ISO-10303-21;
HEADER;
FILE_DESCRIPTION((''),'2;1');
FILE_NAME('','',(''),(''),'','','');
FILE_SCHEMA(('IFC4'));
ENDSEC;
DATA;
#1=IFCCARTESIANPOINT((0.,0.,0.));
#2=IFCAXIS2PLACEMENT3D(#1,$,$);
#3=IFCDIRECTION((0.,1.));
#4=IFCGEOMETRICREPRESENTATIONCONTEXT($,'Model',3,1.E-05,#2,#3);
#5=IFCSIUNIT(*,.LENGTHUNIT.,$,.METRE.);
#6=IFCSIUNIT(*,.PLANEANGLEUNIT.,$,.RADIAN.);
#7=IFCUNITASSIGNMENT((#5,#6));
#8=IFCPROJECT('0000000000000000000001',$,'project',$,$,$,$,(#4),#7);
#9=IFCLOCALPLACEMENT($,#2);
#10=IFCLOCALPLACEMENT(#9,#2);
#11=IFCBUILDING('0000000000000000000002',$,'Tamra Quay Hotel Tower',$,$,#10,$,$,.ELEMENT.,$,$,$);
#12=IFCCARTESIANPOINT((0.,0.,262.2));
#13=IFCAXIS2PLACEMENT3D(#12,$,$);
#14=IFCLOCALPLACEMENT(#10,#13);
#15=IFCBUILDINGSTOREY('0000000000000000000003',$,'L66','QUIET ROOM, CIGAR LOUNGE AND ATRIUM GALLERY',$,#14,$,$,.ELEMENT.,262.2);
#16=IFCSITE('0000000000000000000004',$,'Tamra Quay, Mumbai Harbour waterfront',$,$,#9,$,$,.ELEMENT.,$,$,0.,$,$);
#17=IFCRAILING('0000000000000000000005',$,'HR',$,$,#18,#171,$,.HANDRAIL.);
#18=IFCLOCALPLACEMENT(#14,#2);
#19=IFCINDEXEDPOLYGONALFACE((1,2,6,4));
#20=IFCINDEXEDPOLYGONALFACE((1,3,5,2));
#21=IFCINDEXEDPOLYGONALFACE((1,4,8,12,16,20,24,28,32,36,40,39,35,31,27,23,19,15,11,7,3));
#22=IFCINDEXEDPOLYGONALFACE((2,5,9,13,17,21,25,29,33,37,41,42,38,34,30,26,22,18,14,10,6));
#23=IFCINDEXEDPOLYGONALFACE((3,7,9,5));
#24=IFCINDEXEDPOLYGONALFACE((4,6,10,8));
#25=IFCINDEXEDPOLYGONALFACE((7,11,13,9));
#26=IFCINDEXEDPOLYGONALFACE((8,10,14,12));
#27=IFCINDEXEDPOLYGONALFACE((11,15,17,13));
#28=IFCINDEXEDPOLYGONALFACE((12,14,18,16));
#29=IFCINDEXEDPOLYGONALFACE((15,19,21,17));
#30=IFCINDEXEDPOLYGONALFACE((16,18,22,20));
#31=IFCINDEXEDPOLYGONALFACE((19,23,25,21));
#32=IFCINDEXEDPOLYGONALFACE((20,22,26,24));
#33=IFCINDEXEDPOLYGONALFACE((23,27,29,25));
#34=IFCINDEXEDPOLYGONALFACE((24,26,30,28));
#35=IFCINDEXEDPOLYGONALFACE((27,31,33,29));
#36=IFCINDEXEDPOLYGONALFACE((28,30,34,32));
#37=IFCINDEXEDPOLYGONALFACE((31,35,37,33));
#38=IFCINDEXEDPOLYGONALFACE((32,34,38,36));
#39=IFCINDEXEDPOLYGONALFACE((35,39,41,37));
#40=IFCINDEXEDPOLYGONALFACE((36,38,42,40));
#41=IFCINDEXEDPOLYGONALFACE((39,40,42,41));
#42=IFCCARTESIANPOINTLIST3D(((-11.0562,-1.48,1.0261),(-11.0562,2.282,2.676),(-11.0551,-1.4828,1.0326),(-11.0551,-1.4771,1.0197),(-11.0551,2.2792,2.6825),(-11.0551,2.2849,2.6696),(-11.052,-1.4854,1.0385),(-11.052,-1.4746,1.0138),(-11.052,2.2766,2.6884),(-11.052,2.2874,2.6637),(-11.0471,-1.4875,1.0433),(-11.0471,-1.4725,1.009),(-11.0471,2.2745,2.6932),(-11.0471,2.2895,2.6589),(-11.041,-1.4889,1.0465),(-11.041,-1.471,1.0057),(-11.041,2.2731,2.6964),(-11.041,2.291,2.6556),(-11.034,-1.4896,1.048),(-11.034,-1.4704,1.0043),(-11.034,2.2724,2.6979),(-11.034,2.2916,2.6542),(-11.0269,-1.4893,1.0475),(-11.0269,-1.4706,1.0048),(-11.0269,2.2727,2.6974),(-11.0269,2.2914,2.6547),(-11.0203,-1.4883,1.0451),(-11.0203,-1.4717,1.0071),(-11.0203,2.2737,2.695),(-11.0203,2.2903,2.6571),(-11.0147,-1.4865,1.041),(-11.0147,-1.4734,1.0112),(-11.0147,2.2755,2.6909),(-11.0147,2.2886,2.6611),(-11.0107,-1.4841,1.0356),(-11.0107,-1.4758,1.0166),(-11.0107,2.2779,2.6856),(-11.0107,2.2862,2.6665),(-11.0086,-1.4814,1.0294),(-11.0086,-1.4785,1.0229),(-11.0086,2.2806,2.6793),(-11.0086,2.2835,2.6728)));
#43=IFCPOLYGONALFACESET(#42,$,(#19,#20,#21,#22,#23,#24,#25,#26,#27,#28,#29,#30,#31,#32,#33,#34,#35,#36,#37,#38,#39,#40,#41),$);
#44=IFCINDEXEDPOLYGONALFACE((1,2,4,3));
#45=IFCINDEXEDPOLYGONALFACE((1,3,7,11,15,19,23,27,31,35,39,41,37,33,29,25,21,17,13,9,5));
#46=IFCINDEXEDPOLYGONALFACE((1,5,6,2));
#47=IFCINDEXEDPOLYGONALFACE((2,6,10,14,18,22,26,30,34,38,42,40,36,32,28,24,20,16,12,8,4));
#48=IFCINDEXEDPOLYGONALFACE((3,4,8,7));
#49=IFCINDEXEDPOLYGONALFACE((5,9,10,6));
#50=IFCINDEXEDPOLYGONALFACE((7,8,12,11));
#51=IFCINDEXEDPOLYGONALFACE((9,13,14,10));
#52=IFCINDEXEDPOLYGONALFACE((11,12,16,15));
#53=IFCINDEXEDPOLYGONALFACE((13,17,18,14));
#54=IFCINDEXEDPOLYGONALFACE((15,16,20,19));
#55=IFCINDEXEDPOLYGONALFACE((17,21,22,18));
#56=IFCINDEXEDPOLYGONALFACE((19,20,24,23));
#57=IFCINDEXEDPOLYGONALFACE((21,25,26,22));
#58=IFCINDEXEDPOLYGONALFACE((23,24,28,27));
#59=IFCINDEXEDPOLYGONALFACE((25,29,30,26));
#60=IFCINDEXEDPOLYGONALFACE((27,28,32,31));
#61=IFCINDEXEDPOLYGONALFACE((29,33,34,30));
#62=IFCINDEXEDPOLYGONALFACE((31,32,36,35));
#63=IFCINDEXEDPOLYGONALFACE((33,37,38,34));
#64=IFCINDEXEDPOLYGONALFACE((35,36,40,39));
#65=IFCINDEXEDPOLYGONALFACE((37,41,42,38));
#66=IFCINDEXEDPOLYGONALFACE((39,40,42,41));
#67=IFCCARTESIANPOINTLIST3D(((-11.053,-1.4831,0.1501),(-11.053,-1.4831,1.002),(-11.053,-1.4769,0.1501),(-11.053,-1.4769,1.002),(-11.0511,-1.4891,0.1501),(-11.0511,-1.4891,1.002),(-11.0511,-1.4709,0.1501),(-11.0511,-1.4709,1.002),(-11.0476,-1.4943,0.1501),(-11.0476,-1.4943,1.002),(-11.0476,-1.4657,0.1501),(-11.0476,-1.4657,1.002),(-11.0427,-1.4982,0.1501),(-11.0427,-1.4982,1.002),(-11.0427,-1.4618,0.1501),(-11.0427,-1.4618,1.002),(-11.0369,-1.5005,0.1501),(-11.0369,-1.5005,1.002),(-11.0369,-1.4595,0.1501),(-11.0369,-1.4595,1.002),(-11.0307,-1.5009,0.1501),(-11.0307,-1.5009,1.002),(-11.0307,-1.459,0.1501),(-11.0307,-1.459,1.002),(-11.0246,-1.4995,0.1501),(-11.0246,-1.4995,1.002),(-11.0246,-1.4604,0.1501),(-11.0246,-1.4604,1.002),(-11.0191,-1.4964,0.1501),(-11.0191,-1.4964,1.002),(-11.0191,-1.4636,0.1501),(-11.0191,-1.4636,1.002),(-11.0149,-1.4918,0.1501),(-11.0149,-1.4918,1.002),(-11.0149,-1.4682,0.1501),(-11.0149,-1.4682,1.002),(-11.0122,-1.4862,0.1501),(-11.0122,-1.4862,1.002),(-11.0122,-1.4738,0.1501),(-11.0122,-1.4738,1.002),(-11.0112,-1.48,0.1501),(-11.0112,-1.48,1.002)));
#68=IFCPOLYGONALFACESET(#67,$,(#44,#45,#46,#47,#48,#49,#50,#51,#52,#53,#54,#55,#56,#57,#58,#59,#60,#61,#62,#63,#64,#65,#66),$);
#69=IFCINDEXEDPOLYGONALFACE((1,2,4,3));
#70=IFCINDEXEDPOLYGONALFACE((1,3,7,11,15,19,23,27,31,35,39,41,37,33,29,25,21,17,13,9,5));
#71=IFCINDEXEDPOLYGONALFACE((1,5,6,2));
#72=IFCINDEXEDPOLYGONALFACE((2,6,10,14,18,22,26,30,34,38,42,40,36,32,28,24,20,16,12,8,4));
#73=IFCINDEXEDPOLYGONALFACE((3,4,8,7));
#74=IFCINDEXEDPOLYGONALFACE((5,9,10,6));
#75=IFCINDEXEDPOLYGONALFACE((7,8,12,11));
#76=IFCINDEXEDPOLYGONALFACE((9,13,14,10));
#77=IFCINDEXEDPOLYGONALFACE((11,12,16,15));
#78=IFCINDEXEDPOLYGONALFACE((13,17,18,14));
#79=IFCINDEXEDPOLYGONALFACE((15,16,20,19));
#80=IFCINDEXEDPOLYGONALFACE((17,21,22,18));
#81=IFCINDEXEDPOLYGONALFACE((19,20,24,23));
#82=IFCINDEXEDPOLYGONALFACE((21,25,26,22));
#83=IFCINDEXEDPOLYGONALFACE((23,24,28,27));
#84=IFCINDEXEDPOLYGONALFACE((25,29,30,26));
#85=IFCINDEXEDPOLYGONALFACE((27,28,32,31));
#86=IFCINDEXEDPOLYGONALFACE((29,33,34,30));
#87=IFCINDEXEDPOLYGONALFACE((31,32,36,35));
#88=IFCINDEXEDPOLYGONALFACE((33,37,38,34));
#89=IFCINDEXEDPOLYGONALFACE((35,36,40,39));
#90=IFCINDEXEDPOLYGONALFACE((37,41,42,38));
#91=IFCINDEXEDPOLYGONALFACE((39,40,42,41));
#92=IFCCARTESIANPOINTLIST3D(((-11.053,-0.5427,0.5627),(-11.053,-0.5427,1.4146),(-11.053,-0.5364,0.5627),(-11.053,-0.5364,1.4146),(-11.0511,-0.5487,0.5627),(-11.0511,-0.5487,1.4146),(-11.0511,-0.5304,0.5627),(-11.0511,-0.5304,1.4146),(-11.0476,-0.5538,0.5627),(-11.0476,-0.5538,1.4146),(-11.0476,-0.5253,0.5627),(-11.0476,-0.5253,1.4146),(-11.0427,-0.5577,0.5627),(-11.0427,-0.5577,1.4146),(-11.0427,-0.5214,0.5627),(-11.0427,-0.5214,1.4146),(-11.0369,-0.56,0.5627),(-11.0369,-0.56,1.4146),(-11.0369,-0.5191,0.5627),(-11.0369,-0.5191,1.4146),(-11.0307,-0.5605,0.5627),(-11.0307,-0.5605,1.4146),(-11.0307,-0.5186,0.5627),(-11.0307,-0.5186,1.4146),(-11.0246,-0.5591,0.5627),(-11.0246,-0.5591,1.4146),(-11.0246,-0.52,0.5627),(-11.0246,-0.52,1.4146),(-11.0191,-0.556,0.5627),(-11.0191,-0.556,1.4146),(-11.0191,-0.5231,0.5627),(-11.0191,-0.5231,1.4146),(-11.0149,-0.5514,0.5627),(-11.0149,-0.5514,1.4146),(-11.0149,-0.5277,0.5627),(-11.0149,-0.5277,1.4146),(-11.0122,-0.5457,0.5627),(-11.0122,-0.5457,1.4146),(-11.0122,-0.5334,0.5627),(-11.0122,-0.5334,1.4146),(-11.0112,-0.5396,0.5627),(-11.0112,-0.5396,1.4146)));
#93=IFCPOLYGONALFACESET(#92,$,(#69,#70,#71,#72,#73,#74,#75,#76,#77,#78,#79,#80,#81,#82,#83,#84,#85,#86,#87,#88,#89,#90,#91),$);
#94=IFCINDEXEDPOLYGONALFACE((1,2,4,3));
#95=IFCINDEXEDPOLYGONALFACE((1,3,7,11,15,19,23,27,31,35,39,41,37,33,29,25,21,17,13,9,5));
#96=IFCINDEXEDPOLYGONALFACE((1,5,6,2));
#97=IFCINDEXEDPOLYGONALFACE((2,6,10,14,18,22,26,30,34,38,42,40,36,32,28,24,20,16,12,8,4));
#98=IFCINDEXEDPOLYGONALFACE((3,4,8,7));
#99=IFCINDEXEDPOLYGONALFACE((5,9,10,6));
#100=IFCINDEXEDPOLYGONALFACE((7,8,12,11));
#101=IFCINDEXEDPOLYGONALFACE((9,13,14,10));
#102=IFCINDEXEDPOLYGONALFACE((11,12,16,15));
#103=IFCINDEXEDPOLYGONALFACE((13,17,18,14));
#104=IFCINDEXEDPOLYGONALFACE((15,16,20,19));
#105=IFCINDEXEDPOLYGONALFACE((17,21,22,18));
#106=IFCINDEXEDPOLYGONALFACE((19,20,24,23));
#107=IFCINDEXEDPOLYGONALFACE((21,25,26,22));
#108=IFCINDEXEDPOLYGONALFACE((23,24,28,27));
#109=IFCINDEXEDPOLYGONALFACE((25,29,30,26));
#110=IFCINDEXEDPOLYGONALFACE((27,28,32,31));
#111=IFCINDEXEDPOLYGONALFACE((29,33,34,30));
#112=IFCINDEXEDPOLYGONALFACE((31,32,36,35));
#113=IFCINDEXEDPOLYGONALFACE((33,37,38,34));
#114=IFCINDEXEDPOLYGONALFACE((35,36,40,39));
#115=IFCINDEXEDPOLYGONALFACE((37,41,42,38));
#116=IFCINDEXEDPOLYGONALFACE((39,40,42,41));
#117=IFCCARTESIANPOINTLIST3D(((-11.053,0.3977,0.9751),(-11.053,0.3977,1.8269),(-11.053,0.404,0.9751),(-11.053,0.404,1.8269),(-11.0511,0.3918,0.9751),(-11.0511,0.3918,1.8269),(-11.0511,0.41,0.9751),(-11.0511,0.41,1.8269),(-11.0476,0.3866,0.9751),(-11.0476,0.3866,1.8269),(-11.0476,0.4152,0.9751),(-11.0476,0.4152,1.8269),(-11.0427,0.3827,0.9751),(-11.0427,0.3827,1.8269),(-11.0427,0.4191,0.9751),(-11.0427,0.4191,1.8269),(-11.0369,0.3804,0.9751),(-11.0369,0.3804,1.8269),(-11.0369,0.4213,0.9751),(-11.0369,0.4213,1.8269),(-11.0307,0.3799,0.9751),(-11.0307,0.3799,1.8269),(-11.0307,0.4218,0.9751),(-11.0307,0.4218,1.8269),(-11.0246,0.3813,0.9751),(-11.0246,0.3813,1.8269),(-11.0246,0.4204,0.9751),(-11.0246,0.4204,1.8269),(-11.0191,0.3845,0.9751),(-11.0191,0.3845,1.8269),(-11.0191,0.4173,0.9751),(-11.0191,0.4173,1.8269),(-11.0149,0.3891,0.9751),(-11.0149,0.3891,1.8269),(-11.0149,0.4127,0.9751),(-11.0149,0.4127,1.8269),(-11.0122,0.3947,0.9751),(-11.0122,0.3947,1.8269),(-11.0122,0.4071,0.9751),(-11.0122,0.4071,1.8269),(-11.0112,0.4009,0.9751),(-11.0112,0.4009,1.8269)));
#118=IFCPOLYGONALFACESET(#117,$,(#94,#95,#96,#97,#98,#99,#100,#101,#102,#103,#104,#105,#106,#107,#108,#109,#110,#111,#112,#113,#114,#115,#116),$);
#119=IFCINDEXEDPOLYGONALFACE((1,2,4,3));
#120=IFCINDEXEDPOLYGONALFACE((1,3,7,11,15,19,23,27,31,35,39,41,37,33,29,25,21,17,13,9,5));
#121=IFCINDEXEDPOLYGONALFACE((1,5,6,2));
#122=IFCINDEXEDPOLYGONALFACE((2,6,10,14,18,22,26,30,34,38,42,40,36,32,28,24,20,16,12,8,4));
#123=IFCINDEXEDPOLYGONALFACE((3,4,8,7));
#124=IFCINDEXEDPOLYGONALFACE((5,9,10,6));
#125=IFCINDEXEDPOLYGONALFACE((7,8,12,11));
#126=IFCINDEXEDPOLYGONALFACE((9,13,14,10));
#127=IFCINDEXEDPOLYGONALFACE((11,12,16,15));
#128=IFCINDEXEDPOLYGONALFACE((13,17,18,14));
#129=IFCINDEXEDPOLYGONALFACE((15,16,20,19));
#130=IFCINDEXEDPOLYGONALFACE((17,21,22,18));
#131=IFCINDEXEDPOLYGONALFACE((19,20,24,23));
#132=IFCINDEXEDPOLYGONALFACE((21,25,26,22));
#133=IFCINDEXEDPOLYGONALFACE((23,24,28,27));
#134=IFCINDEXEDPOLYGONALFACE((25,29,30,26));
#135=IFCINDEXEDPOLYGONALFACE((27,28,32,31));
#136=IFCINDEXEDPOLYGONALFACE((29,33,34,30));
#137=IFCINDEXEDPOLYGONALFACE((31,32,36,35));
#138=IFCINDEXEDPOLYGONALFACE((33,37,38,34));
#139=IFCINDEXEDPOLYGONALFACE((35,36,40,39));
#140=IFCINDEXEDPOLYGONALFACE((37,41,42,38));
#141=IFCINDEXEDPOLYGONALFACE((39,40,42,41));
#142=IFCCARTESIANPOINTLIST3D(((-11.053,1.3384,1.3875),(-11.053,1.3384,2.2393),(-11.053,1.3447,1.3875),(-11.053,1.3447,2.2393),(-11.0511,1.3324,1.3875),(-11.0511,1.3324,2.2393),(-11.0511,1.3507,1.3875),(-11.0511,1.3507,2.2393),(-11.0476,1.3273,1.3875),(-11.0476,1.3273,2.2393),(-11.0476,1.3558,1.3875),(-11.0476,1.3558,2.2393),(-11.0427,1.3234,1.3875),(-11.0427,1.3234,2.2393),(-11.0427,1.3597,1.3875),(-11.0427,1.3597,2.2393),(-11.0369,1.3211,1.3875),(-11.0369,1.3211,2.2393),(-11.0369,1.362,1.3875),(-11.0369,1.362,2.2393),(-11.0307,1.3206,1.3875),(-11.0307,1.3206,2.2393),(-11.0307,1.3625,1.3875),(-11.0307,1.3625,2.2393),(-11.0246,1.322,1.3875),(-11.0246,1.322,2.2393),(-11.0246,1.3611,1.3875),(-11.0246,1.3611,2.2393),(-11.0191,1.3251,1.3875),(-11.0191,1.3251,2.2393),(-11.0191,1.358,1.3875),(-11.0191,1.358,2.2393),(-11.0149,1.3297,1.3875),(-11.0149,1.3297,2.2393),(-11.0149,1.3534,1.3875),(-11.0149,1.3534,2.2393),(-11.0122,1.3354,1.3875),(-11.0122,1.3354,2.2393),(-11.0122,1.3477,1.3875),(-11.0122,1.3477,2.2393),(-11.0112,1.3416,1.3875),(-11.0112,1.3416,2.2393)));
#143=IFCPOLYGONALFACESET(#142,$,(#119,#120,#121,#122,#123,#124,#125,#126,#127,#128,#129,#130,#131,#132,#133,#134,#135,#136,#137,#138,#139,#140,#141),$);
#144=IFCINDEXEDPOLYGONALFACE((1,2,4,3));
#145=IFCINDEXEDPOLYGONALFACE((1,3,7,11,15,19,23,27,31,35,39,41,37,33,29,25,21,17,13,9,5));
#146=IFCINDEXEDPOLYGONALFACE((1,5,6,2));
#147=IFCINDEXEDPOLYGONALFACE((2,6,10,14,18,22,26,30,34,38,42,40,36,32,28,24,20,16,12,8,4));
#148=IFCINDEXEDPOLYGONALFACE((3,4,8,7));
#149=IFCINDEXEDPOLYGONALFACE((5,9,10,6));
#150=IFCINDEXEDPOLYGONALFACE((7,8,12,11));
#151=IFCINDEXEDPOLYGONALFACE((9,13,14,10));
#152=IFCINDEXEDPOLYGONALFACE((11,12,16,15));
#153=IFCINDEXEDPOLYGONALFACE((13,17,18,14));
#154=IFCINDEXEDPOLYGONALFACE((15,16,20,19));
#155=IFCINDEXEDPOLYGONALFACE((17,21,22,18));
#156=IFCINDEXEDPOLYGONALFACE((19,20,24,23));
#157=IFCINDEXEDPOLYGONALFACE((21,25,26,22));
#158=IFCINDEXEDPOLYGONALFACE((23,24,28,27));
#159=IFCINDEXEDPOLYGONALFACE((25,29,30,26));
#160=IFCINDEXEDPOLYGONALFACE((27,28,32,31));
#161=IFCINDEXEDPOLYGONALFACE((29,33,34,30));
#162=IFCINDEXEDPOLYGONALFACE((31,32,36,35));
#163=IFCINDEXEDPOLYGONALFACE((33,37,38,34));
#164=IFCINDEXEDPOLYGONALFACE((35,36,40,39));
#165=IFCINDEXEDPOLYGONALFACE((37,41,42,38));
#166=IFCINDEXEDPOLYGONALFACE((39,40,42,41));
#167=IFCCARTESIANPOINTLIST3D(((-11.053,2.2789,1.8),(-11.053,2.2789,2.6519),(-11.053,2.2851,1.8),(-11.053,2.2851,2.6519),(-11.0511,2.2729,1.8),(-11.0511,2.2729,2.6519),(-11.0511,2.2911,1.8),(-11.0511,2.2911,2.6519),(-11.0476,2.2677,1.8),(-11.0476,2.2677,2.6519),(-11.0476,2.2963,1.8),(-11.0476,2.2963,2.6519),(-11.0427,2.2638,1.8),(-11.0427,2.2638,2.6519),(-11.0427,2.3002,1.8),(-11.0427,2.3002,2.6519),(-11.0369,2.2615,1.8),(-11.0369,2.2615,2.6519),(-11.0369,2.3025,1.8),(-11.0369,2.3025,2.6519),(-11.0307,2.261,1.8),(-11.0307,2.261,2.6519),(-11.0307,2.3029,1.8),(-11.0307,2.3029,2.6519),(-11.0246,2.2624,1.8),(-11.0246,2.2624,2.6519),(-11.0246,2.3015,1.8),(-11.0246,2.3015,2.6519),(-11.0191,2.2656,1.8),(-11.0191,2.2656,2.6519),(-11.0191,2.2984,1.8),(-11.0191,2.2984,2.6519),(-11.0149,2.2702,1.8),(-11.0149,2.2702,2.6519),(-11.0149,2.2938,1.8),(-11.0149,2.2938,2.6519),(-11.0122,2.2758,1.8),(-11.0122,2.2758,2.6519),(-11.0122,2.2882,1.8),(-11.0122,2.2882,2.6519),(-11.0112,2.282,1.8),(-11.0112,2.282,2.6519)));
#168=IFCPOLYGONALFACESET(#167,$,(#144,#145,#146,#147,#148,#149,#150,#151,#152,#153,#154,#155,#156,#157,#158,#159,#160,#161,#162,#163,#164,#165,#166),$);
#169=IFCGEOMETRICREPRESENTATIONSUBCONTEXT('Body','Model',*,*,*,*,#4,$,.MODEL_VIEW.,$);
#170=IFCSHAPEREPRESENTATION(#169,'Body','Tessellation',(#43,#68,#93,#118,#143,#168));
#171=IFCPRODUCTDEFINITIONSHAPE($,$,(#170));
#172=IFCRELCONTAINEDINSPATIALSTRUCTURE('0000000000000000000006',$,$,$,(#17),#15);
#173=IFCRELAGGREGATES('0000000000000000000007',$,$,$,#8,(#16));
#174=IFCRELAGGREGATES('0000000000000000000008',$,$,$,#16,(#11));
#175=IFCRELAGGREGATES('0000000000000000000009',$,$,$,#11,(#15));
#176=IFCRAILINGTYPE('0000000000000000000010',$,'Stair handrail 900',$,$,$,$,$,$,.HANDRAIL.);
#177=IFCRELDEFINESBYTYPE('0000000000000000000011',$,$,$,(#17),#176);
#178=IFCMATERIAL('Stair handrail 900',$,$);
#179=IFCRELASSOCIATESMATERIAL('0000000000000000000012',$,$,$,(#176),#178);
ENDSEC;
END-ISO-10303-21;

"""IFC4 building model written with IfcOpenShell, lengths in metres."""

from ifc_helpers import new_model, si_unit, direction, frame, origin, origin_2d, place, context, subcontext, project, spatial, circle, extrude, material, type_object, element, save


model = new_model("IFC4")

# Units and contexts
model_context = context("Model", 3, precision=1e-05, world=origin(), true_north=direction((0.0, 1.0)))
body_context = subcontext(model_context, "Body", "Model", "MODEL_VIEW")
ifc_project = project(units=[si_unit("LENGTHUNIT", "METRE"), si_unit("PLANEANGLEUNIT", "RADIAN")], contexts=[model_context])

# Site, building, storey
site_placement = place(None, origin())
site = spatial("IfcSite", under=ifc_project, at=site_placement, Name="Tamra Quay, Mumbai Harbour waterfront", CompositionType="ELEMENT", RefElevation=0.0)
building_placement = place(site_placement, origin())
building = spatial("IfcBuilding", under=site, at=building_placement, Name="Tamra Quay Hotel Tower", CompositionType="ELEMENT")
storey_placement = place(building_placement, frame((0.0, 0.0, 262.2)))
storey = spatial("IfcBuildingStorey", under=building, at=storey_placement, Name="L66", Description="QUIET ROOM, CIGAR LOUNGE AND ATRIUM GALLERY", CompositionType="ELEMENT", Elevation=262.2)

# Railing
ifc_material_1 = material(Name="Stair handrail 900")
railing_type_1 = type_object("IfcRailingType", Name="Stair handrail 900", PredefinedType="HANDRAIL", material=ifc_material_1)
railing_1_placement = place(storey_placement, frame((-11.0322, -1.48, 0.1501)))
element("IfcRailing", 1, at=railing_1_placement, inside=storey, type_object=railing_type_1, Name="HR", PredefinedType="HANDRAIL", context=body_context, shape_type="SweptSolid", body=[
    extrude(circle(Radius=0.0239, at=origin_2d()), frame((0.0, 0.0, 0.876), z_axis=(0.0, 0.915795, 0.401645), x_axis=(-1.0, 0.0, 0.0)), (0.0, 0.0, 1.0), 4.1079),
    extrude(circle(Radius=0.021, at=origin_2d()), origin(), (0.0, 0.0, 1.0), 0.8518),
    extrude(circle(Radius=0.021, at=origin_2d()), frame((0.0, 0.9404, 0.4126)), (0.0, 0.0, 1.0), 0.8518),
    extrude(circle(Radius=0.021, at=origin_2d()), frame((0.0, 1.8809, 0.825)), (0.0, 0.0, 1.0), 0.8518),
    extrude(circle(Radius=0.021, at=origin_2d()), frame((0.0, 2.8215, 1.2373)), (0.0, 0.0, 1.0), 0.8518),
    extrude(circle(Radius=0.021, at=origin_2d()), frame((0.0, 3.762, 1.6499)), (0.0, 0.0, 1.0), 0.8518),
])

save(model, "model.ifc")
